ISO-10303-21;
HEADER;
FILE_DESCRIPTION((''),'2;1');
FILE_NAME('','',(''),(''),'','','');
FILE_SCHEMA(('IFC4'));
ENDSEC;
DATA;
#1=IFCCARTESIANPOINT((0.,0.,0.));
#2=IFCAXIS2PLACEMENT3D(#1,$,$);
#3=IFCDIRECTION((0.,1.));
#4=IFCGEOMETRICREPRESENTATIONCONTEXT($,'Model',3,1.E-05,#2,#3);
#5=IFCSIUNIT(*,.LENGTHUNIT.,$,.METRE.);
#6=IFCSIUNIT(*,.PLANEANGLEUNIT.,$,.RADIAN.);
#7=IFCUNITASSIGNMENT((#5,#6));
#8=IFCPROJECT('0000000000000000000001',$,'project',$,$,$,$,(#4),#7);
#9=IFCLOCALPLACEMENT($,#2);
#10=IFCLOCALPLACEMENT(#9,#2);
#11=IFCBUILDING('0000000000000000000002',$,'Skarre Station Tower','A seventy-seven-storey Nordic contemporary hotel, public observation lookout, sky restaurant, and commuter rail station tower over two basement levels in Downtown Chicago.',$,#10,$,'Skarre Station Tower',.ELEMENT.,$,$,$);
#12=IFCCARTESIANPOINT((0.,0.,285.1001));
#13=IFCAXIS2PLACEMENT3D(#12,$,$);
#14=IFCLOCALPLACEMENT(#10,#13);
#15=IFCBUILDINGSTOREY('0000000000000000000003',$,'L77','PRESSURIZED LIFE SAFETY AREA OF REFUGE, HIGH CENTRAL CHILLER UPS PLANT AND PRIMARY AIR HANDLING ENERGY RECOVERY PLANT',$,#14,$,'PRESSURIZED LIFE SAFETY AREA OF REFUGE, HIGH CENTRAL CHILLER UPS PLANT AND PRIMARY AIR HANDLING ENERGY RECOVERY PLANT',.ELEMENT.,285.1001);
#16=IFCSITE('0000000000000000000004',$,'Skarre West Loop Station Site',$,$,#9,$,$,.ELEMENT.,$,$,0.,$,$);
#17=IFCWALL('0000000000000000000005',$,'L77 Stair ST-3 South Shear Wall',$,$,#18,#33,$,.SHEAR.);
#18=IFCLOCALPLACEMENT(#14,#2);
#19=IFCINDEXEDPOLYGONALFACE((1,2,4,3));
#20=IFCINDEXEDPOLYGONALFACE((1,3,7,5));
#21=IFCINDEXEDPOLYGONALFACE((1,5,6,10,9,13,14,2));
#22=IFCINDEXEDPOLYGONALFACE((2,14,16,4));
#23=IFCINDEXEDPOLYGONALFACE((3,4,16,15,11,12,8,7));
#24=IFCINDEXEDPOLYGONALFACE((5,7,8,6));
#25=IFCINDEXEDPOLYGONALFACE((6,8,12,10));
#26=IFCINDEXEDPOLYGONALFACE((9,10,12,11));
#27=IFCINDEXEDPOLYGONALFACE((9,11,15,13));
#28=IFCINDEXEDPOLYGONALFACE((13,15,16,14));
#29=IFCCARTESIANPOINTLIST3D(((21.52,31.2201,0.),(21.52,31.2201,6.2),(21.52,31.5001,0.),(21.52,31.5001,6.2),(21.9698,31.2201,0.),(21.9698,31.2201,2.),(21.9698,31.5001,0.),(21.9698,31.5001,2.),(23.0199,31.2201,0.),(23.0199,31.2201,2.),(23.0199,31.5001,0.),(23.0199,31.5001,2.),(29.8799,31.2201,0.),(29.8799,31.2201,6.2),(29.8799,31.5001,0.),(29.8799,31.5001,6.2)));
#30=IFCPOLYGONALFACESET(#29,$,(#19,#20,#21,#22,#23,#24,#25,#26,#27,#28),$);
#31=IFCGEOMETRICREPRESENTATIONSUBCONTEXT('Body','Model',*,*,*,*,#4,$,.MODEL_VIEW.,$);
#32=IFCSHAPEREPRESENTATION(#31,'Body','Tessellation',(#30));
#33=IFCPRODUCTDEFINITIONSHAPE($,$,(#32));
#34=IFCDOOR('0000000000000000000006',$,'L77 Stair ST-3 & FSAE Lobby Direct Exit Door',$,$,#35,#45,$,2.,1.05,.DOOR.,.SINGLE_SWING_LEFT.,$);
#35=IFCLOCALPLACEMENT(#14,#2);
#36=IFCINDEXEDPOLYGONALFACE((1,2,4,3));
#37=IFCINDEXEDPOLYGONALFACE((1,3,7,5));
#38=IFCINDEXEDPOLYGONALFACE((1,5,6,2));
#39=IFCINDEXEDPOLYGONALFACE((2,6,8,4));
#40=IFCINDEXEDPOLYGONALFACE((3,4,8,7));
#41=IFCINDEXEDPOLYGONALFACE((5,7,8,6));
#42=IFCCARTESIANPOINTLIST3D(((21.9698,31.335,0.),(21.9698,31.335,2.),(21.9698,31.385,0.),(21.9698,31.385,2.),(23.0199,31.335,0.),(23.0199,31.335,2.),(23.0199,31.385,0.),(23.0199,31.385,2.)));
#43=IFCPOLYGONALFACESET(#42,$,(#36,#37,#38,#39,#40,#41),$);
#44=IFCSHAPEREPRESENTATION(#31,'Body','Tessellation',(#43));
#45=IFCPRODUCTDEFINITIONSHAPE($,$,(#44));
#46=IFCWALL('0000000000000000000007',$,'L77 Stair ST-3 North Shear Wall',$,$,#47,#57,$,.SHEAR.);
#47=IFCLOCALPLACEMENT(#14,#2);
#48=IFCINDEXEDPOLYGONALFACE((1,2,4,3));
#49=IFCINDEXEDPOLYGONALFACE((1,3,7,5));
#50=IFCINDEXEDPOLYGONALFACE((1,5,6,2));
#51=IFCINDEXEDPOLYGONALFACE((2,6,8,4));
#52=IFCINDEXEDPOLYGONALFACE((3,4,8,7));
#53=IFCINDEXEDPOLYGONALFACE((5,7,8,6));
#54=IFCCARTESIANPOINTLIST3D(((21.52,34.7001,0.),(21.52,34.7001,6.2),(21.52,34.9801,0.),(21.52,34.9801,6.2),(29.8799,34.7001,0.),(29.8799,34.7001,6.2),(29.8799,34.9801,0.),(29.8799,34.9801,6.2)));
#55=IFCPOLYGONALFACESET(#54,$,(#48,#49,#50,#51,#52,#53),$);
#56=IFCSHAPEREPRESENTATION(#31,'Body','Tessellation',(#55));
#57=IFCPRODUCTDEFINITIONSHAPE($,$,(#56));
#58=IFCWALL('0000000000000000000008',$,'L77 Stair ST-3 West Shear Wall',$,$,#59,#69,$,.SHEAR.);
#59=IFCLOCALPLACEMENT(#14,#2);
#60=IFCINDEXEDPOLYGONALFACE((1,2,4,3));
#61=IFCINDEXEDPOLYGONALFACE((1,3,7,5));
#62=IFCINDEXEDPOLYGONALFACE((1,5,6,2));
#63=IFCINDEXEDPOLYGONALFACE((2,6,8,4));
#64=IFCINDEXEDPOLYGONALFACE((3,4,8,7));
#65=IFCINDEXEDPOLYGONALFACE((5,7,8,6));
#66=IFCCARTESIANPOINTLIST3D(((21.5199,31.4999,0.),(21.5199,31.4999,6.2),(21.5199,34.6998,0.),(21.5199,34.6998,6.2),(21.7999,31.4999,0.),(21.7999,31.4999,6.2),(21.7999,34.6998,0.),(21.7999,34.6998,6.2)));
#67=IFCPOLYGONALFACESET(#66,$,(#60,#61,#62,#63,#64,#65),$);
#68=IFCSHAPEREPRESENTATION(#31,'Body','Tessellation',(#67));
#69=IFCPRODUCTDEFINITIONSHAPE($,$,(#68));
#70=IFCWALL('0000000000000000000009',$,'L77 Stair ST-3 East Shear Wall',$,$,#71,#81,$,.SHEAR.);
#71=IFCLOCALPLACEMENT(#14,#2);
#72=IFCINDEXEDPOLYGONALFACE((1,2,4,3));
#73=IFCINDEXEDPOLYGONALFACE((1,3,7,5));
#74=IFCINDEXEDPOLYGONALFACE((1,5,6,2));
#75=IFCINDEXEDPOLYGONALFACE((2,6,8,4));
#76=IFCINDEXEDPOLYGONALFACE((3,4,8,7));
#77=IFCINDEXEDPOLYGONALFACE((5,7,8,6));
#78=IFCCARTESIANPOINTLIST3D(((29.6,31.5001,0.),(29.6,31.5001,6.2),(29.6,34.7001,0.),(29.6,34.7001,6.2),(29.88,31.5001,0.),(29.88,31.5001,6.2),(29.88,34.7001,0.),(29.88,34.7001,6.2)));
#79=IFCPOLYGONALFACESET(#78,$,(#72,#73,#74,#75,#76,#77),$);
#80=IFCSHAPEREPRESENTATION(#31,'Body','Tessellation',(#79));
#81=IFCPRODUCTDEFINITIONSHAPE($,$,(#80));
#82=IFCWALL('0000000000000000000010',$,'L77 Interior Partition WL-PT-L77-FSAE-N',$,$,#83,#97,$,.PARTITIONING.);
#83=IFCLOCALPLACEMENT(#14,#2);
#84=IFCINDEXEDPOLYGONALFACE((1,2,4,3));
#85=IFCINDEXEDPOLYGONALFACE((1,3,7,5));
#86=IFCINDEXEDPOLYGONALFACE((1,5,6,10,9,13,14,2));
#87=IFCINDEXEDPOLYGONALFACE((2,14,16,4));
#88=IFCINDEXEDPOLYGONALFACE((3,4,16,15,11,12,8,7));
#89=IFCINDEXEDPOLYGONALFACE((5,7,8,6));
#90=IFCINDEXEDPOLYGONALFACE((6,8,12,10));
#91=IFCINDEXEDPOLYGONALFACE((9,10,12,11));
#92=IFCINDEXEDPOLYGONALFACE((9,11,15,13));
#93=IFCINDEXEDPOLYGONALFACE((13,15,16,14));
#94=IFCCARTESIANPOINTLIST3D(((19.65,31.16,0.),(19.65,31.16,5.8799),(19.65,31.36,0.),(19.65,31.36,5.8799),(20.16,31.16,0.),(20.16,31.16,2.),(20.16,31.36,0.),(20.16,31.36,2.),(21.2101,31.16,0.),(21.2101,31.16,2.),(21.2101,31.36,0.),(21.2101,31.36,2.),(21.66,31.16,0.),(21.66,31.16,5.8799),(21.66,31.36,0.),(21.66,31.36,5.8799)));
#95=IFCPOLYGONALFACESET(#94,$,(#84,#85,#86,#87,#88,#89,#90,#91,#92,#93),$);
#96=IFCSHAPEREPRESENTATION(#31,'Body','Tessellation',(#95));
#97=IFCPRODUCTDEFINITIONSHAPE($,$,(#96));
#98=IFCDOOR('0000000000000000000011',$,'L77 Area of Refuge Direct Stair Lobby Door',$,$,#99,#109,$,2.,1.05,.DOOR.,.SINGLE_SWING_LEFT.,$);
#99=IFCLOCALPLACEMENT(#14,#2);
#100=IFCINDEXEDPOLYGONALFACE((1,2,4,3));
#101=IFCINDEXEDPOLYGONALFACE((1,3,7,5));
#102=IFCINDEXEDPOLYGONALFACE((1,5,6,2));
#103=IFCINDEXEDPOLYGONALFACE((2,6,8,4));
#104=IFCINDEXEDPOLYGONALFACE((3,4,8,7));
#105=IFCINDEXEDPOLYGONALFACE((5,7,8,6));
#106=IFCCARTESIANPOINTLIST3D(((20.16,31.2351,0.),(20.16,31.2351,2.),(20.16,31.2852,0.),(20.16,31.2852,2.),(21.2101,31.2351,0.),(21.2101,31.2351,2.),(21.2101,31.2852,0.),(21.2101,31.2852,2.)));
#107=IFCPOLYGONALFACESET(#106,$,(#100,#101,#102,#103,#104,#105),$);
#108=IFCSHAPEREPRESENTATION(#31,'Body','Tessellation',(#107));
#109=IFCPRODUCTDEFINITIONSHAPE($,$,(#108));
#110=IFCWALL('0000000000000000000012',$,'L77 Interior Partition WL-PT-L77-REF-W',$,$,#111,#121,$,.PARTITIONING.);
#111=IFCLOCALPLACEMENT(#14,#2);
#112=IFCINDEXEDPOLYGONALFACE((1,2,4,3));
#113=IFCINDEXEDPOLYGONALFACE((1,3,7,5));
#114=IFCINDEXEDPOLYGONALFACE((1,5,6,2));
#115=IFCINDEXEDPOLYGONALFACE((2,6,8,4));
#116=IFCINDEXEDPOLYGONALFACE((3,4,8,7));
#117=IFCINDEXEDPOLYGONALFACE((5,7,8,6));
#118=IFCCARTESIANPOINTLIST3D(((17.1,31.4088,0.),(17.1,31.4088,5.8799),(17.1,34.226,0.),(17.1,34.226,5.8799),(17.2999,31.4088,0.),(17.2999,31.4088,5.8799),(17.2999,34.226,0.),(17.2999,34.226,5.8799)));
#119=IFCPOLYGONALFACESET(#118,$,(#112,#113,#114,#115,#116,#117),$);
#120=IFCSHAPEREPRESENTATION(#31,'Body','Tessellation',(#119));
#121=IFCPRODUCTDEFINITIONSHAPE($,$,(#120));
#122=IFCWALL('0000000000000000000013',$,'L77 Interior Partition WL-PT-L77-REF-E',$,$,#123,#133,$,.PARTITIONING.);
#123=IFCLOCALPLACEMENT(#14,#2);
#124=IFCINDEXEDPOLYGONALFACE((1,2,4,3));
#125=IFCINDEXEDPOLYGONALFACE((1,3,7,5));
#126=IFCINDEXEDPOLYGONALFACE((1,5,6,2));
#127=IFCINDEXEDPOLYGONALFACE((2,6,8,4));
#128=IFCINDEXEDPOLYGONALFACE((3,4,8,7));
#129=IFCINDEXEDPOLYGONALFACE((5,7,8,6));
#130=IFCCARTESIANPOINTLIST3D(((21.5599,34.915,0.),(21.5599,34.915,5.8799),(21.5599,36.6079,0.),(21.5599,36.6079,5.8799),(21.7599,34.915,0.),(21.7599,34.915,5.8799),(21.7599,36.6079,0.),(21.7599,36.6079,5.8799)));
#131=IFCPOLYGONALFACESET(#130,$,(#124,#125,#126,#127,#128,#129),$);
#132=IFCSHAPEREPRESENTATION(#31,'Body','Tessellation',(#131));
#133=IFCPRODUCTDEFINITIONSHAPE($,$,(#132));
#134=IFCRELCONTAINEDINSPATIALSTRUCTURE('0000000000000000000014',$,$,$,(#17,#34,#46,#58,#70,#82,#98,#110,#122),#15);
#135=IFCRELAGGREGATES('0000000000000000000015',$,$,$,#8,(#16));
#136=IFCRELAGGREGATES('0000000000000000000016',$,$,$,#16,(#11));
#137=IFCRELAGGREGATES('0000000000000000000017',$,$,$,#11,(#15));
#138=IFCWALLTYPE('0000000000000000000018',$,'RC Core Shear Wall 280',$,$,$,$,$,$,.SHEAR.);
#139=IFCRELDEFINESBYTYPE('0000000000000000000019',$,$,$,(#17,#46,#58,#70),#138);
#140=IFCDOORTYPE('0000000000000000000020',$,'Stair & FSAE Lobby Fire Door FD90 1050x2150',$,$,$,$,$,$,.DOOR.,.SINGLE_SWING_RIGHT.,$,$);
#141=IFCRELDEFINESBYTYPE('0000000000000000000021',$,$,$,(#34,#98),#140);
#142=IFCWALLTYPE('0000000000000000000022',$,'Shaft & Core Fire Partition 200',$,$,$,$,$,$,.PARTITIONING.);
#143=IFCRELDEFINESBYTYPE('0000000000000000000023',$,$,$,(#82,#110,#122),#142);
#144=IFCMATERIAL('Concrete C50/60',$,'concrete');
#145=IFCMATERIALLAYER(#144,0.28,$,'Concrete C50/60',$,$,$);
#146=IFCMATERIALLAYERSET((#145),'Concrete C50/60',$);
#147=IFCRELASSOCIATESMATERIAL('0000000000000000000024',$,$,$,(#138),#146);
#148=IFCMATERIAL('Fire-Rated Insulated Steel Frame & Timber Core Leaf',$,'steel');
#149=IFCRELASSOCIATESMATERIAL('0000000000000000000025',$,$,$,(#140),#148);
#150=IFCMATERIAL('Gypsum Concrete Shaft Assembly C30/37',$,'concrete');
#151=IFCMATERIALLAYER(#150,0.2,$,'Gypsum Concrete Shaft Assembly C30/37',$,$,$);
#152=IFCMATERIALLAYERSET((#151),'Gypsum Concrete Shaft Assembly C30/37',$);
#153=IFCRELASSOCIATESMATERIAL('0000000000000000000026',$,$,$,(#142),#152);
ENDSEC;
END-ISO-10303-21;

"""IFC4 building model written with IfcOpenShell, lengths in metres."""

from ifc_helpers import new_model, si_unit, direction, frame, frame_2d, origin, place, context, subcontext, project, spatial, rectangle, extrude, material, layer, layer_set, type_object, element, fill, save


model = new_model("IFC4")

# Units and contexts
model_context = context("Model", 3, precision=1e-05, world=origin(), true_north=direction((0.0, 1.0)))
body_context = subcontext(model_context, "Body", "Model", "MODEL_VIEW")
ifc_project = project(units=[si_unit("LENGTHUNIT", "METRE"), si_unit("PLANEANGLEUNIT", "RADIAN")], contexts=[model_context])

# Site, building, storey
site_placement = place(None, origin())
site = spatial("IfcSite", under=ifc_project, at=site_placement, Name="Skarre West Loop Station Site", CompositionType="ELEMENT", RefElevation=0.0)
building_placement = place(site_placement, origin())
building = spatial("IfcBuilding", under=site, at=building_placement, Name="Skarre Station Tower", Description="A seventy-seven-storey Nordic contemporary hotel, public observation lookout, sky restaurant, and commuter rail station tower over two basement levels in Downtown Chicago.", LongName="Skarre Station Tower", CompositionType="ELEMENT")
storey_placement = place(building_placement, frame((0.0, 0.0, 285.1001)))
storey = spatial("IfcBuildingStorey", under=building, at=storey_placement, Name="L77", Description="PRESSURIZED LIFE SAFETY AREA OF REFUGE, HIGH CENTRAL CHILLER UPS PLANT AND PRIMARY AIR HANDLING ENERGY RECOVERY PLANT", LongName="PRESSURIZED LIFE SAFETY AREA OF REFUGE, HIGH CENTRAL CHILLER UPS PLANT AND PRIMARY AIR HANDLING ENERGY RECOVERY PLANT", CompositionType="ELEMENT", Elevation=285.1001)

# Shared definitions
ifc_material_1 = material(Name="Concrete C50/60", Category="concrete")

# Wall, opening, door
ifc_layer_1 = layer(ifc_material_1, 0.28, Name="Concrete C50/60")
ifc_layer_set_1 = layer_set([ifc_layer_1], Name="Concrete C50/60")
wall_type_1 = type_object("IfcWallType", Name="RC Core Shear Wall 280", PredefinedType="SHEAR", material=ifc_layer_set_1)
wall_1_placement = place(storey_placement, frame((21.52, 31.3601, 0.0), z_axis=(0.0, 0.0, 1.0), x_axis=(1.0, 0.0, 0.0)))
wall_1 = element("IfcWall", 1, at=wall_1_placement, inside=storey, type_object=wall_type_1, Name="L77 Stair ST-3 South Shear Wall", PredefinedType="SHEAR", context=body_context, shape_type="SweptSolid", body=[
    extrude(rectangle(XDim=8.3599, YDim=0.28, at=frame_2d((4.1799, 0.0))), origin(), (0.0, 0.0, 1.0), 6.2),
])
opening_1_placement = place(wall_1_placement, frame((0.45, 0.0, 0.0)))
opening_1 = element("IfcOpeningElement", 2, at=opening_1_placement, cuts=wall_1, PredefinedType="OPENING", context=body_context, shape_type="SweptSolid", body=[
    extrude(rectangle(XDim=1.05, YDim=2.0, at=frame_2d((0.5249, 1.0))), frame((0.0, 0.1499, 0.0), z_axis=(0.0, -1.0, 0.0), x_axis=(1.0, 0.0, 0.0)), (0.0, 0.0, 1.0), 0.3),
])
ifc_material_2 = material(Name="Fire-Rated Insulated Steel Frame & Timber Core Leaf", Category="steel")
door_type = type_object("IfcDoorType", Name="Stair & FSAE Lobby Fire Door FD90 1050x2150", OperationType="SINGLE_SWING_RIGHT", PredefinedType="DOOR", material=ifc_material_2)
door_1_placement = place(opening_1_placement, origin())
door_1 = element("IfcDoor", 3, at=door_1_placement, inside=storey, type_object=door_type, Name="L77 Stair ST-3 & FSAE Lobby Direct Exit Door", OperationType="SINGLE_SWING_LEFT", OverallHeight=2.0, OverallWidth=1.05, PredefinedType="DOOR", context=body_context, shape_type="SweptSolid", body=[
    extrude(rectangle(XDim=1.05, YDim=2.0, at=frame_2d((0.5249, 1.0))), frame((0.0, 0.0249, 0.0), z_axis=(0.0, -1.0, 0.0), x_axis=(1.0, 0.0, 0.0)), (0.0, 0.0, 1.0), 0.05),
])
fill(opening_1, door_1)

# Walls
wall_2_placement = place(storey_placement, frame((29.8799, 34.8401, 0.0), z_axis=(0.0, 0.0, 1.0), x_axis=(-1.0, 0.0, 0.0)))
element("IfcWall", 4, at=wall_2_placement, inside=storey, type_object=wall_type_1, Name="L77 Stair ST-3 North Shear Wall", PredefinedType="SHEAR", context=body_context, shape_type="SweptSolid", body=[
    extrude(rectangle(XDim=8.3599, YDim=0.28, at=frame_2d((4.1799, 0.0))), origin(), (0.0, 0.0, 1.0), 6.2),
])
for number, where, z_axis, x_axis, name in (
    (5, (21.6599, 34.7, 0.0), (0.0, 0.0, 1.0), (0.0, -1.0, 0.0), "L77 Stair ST-3 West Shear Wall"),
    (6, (29.74, 31.5, 0.0), (0.0, 0.0, 1.0), (0.0, 1.0, 0.0), "L77 Stair ST-3 East Shear Wall"),
):
    element("IfcWall", number, at=place(storey_placement, frame(where, z_axis=z_axis, x_axis=x_axis)), inside=storey, type_object=wall_type_1, Name=name, PredefinedType="SHEAR", context=body_context, shape_type="SweptSolid", body=[
        extrude(rectangle(XDim=3.2, YDim=0.28, at=frame_2d((1.6001, 0.0))), origin(), (0.0, 0.0, 1.0), 6.2),
    ])

# Wall, opening, door
ifc_material_3 = material(Name="Gypsum Concrete Shaft Assembly C30/37", Category="concrete")
ifc_layer_2 = layer(ifc_material_3, 0.2, Name="Gypsum Concrete Shaft Assembly C30/37")
ifc_layer_set_2 = layer_set([ifc_layer_2], Name="Gypsum Concrete Shaft Assembly C30/37")
wall_type_2 = type_object("IfcWallType", Name="Shaft & Core Fire Partition 200", PredefinedType="PARTITIONING", material=ifc_layer_set_2)
wall_3_placement = place(storey_placement, frame((21.6599, 31.26, 0.0), z_axis=(0.0, 0.0, 1.0), x_axis=(-1.0, 0.0, 0.0)))
wall_3 = element("IfcWall", 7, at=wall_3_placement, inside=storey, type_object=wall_type_2, Name="L77 Interior Partition WL-PT-L77-FSAE-N", PredefinedType="PARTITIONING", context=body_context, shape_type="SweptSolid", body=[
    extrude(rectangle(XDim=2.01, YDim=0.2, at=frame_2d((1.0049, 0.0))), origin(), (0.0, 0.0, 1.0), 5.8799),
])
opening_2_placement = place(wall_3_placement, frame((0.45, 0.0, 0.0)))
opening_2 = element("IfcOpeningElement", 8, at=opening_2_placement, cuts=wall_3, PredefinedType="OPENING", context=body_context, shape_type="SweptSolid", body=[
    extrude(rectangle(XDim=1.05, YDim=2.0, at=frame_2d((0.5249, 1.0))), frame((0.0, 0.1099, 0.0), z_axis=(0.0, -1.0, 0.0), x_axis=(1.0, 0.0, 0.0)), (0.0, 0.0, 1.0), 0.22),
])
door_2_placement = place(opening_2_placement, origin())
door_2 = element("IfcDoor", 9, at=door_2_placement, inside=storey, type_object=door_type, Name="L77 Area of Refuge Direct Stair Lobby Door", OperationType="SINGLE_SWING_LEFT", OverallHeight=2.0, OverallWidth=1.05, PredefinedType="DOOR", context=body_context, shape_type="SweptSolid", body=[
    extrude(rectangle(XDim=1.05, YDim=2.0, at=frame_2d((0.5249, 1.0))), frame((0.0, 0.0249, 0.0), z_axis=(0.0, -1.0, 0.0), x_axis=(1.0, 0.0, 0.0)), (0.0, 0.0, 1.0), 0.05),
])
fill(opening_2, door_2)

# Walls
wall_4_placement = place(storey_placement, frame((17.2, 34.2261, 0.0), z_axis=(0.0, 0.0, 1.0), x_axis=(0.0, -1.0, 0.0)))
element("IfcWall", 10, at=wall_4_placement, inside=storey, type_object=wall_type_2, Name="L77 Interior Partition WL-PT-L77-REF-W", PredefinedType="PARTITIONING", context=body_context, shape_type="SweptSolid", body=[
    extrude(rectangle(XDim=2.8171, YDim=0.2, at=frame_2d((1.4087, 0.0))), origin(), (0.0, 0.0, 1.0), 5.8799),
])
wall_5_placement = place(storey_placement, frame((21.6599, 34.915, 0.0), z_axis=(0.0, 0.0, 1.0), x_axis=(0.0, 1.0, 0.0)))
element("IfcWall", 11, at=wall_5_placement, inside=storey, type_object=wall_type_2, Name="L77 Interior Partition WL-PT-L77-REF-E", PredefinedType="PARTITIONING", context=body_context, shape_type="SweptSolid", body=[
    extrude(rectangle(XDim=1.6929, YDim=0.2, at=frame_2d((0.8464, 0.0))), origin(), (0.0, 0.0, 1.0), 5.8799),
])

save(model, "model.ifc")
